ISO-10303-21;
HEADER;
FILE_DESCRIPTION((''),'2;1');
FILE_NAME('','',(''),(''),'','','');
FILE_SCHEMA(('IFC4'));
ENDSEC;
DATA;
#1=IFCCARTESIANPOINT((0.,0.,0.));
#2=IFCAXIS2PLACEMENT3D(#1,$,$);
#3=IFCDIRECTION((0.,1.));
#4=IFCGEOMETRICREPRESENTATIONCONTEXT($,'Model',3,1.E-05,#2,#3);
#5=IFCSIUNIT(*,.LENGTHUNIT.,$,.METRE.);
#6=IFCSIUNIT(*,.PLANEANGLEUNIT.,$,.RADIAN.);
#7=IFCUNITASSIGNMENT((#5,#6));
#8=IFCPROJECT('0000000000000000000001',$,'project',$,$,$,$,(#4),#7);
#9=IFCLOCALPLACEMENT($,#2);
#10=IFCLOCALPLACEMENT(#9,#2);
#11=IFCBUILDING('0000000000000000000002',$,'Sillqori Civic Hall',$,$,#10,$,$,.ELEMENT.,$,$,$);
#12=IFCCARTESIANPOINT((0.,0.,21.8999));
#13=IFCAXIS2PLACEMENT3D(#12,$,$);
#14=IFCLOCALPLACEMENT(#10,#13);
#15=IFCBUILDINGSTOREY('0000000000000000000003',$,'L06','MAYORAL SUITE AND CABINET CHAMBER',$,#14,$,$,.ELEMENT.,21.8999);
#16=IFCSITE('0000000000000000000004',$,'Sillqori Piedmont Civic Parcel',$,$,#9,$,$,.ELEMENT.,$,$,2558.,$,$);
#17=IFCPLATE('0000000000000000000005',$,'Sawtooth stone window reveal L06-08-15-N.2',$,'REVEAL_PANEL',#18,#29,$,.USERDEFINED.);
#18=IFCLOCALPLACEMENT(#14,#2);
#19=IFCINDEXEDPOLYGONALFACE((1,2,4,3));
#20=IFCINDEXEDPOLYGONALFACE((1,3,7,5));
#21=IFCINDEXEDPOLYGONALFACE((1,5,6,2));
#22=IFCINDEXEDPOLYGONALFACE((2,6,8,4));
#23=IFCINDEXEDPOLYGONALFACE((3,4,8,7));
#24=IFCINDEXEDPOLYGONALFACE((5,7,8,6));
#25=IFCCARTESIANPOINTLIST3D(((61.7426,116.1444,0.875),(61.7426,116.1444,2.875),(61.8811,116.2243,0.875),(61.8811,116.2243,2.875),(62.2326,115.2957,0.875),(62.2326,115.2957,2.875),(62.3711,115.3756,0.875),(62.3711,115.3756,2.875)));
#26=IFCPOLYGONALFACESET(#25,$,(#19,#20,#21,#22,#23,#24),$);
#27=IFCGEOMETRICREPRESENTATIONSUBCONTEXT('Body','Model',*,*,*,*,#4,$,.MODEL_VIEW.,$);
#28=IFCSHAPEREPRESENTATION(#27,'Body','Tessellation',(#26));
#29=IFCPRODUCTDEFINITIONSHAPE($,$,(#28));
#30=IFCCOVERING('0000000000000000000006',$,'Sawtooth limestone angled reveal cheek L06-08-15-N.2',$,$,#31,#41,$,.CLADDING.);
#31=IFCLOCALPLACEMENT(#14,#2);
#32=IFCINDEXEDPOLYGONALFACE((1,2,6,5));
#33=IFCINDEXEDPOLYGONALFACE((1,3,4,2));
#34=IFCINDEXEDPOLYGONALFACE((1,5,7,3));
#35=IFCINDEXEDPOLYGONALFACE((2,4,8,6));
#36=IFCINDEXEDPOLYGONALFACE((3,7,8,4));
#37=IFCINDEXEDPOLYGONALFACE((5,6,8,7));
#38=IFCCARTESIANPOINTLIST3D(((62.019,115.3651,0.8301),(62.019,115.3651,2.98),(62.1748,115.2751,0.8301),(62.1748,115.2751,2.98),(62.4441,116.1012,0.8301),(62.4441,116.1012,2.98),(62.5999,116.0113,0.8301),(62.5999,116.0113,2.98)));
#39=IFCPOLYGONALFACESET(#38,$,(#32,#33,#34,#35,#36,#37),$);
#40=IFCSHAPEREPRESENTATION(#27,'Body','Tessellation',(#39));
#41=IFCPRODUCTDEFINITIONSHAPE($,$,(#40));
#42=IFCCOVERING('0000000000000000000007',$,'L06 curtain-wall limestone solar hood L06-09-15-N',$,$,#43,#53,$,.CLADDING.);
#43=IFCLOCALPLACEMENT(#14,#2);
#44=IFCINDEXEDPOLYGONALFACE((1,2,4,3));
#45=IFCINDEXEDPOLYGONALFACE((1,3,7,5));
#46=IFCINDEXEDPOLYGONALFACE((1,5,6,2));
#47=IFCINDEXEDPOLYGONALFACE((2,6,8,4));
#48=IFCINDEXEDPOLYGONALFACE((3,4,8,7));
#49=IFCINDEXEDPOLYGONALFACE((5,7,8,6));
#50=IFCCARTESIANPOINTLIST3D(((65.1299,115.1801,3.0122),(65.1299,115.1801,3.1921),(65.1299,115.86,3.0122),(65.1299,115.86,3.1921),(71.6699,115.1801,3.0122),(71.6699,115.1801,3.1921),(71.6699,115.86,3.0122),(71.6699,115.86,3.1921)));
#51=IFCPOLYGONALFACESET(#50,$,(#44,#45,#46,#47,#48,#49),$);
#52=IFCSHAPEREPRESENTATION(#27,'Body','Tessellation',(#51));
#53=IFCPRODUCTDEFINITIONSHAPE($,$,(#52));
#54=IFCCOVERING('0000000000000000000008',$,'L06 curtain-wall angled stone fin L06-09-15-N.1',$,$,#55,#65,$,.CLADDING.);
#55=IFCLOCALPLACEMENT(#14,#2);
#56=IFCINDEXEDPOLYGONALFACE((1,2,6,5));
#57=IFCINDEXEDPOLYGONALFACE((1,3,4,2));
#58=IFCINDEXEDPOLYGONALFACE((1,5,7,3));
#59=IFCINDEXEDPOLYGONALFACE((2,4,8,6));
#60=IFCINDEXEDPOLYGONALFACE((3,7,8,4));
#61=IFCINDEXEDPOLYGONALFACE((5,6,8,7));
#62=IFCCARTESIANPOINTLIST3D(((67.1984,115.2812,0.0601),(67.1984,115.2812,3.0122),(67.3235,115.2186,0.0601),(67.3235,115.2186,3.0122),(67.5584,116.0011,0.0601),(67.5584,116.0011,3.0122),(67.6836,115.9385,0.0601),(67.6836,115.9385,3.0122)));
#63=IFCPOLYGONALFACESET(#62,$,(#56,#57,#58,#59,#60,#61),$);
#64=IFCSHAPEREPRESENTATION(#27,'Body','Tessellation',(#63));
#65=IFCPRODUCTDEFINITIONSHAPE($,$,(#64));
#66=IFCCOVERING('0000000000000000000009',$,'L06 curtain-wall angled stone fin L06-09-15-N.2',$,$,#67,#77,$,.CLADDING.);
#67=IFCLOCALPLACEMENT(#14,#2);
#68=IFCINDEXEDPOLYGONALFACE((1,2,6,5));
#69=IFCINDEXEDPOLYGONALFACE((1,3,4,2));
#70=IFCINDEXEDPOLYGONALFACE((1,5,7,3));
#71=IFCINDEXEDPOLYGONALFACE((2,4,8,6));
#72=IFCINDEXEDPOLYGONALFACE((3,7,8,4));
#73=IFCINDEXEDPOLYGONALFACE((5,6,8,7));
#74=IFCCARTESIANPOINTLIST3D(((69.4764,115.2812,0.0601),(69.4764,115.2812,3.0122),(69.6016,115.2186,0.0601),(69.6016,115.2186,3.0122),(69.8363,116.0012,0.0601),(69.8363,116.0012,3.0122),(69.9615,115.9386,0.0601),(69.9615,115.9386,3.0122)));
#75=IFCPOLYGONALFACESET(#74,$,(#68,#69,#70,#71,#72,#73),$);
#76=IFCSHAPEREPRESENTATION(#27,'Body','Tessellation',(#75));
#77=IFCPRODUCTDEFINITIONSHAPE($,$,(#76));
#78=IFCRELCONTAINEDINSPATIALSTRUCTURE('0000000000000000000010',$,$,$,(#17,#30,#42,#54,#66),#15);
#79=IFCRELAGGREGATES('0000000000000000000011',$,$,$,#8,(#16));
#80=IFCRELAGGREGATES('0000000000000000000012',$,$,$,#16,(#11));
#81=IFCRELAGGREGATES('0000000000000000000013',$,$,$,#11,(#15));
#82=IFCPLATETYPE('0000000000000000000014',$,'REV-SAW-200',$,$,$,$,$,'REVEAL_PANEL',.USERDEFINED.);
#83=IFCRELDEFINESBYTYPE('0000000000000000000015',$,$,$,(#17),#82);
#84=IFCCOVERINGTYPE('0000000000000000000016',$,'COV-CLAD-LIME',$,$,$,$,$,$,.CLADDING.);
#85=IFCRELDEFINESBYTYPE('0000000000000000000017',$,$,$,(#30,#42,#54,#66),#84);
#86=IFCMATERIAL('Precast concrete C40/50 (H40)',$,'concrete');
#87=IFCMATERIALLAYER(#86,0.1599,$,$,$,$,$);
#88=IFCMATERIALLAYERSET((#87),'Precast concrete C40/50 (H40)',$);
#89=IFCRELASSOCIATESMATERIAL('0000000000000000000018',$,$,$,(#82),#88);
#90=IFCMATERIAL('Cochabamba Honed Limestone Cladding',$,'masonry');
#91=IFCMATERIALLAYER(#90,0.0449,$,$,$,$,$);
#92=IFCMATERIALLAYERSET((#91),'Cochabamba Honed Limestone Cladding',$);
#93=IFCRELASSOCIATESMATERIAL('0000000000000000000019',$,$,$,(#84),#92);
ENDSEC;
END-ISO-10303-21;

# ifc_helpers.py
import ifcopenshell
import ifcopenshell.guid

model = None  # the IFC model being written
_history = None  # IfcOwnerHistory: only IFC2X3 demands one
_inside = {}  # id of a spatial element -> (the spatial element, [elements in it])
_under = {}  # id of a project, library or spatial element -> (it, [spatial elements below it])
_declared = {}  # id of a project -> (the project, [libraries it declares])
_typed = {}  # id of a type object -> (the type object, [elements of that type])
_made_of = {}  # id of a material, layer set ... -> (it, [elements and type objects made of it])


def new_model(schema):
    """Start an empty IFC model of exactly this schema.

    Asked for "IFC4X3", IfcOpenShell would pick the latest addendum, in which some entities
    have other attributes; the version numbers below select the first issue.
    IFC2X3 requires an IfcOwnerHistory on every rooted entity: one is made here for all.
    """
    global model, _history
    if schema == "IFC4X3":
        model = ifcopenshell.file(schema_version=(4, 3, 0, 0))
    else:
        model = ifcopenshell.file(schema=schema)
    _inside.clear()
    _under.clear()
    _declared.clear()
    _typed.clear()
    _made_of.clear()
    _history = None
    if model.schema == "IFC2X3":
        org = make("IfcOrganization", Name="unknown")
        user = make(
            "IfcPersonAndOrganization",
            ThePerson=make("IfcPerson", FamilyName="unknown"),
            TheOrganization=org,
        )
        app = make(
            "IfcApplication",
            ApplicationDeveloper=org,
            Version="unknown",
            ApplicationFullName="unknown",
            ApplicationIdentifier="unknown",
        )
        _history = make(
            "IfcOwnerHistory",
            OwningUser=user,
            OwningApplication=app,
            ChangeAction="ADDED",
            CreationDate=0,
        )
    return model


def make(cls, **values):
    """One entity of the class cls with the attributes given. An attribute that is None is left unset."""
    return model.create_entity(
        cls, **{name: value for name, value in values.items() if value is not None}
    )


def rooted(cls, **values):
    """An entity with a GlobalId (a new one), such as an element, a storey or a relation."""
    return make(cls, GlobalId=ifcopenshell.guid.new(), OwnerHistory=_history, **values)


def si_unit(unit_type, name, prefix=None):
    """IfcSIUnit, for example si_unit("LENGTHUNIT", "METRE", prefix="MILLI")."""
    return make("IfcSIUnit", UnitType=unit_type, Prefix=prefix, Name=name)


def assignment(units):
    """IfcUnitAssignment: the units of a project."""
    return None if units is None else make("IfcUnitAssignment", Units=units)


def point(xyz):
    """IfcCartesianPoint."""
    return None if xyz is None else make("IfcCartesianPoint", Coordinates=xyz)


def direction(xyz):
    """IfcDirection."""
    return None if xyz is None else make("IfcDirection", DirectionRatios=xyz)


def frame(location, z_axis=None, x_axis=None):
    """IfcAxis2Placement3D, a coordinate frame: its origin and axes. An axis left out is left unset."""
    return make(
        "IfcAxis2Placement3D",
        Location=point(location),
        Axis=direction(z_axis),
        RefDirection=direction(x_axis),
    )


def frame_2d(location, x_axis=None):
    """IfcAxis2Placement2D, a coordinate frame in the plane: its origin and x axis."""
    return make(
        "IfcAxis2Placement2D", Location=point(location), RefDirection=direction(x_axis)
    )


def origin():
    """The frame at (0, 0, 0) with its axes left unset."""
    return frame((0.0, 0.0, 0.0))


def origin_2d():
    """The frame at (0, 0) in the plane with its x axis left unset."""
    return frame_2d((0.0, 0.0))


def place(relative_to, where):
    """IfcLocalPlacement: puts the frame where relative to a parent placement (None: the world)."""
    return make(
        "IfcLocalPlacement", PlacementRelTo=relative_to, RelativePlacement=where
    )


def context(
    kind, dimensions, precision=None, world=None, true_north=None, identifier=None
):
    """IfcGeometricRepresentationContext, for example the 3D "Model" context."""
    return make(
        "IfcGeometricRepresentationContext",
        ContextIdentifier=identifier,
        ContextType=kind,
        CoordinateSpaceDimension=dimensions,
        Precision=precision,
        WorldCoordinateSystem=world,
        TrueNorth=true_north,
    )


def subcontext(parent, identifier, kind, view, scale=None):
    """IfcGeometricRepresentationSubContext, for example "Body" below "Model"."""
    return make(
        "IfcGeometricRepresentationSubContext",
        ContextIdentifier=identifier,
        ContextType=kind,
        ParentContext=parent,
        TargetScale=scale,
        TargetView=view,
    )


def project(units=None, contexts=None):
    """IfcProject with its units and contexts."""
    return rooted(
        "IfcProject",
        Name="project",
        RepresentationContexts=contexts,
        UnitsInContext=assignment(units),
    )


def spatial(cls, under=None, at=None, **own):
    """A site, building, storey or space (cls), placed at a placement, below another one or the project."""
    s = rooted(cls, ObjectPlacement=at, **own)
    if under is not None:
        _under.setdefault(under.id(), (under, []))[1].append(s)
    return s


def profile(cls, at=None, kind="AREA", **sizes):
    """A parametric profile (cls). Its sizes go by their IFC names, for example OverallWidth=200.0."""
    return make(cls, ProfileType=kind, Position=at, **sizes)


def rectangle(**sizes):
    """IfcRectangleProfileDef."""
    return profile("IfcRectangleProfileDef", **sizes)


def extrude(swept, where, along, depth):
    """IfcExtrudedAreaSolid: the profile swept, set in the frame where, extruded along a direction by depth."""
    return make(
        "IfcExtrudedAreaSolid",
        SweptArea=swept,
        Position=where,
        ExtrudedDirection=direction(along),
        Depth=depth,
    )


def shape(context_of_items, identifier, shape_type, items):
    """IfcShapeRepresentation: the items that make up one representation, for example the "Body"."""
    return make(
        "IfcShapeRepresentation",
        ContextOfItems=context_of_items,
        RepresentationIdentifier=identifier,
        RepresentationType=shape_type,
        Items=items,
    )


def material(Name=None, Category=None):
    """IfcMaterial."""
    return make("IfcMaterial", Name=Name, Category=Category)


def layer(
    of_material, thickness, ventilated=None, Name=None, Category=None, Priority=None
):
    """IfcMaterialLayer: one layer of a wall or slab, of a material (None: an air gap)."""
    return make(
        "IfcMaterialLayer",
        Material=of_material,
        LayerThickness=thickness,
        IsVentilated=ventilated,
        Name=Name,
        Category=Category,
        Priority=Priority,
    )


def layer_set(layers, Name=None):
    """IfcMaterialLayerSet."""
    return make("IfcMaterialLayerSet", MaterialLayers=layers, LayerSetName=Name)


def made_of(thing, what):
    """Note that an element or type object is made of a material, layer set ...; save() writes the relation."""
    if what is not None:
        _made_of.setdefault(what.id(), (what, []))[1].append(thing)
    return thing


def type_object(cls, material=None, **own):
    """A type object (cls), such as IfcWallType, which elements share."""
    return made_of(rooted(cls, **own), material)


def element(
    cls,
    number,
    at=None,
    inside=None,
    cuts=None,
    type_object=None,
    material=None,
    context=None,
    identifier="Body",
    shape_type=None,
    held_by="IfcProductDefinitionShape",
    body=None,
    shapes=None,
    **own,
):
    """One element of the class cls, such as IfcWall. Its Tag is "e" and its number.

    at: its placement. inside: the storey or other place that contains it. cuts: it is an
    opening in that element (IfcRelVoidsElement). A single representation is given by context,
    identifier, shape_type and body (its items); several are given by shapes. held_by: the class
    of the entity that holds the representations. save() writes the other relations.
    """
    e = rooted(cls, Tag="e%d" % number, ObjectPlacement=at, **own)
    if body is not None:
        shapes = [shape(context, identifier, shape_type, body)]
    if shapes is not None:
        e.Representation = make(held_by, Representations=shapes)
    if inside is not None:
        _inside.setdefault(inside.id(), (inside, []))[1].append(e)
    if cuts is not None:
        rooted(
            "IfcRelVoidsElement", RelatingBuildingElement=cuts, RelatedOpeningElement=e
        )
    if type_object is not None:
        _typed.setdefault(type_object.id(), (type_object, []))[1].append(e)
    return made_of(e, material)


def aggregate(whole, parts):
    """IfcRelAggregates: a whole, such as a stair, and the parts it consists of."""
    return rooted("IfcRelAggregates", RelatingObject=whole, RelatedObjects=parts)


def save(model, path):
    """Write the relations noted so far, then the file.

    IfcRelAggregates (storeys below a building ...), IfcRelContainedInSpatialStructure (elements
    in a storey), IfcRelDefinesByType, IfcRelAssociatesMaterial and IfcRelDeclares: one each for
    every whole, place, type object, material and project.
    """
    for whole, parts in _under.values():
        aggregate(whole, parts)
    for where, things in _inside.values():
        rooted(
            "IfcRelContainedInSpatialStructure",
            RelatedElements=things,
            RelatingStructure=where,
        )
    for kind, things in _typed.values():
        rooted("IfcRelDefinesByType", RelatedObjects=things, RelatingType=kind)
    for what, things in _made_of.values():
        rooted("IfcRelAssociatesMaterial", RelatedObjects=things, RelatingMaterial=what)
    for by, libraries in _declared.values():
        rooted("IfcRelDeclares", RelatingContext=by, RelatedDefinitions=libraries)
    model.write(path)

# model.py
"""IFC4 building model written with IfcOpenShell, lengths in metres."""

from ifc_helpers import new_model, si_unit, direction, frame, frame_2d, origin, origin_2d, place, context, subcontext, project, spatial, rectangle, extrude, material, layer, layer_set, type_object, element, save


model = new_model("IFC4")

# Units and contexts
model_context = context("Model", 3, precision=1e-05, world=origin(), true_north=direction((0.0, 1.0)))
body_context = subcontext(model_context, "Body", "Model", "MODEL_VIEW")
ifc_project = project(units=[si_unit("LENGTHUNIT", "METRE"), si_unit("PLANEANGLEUNIT", "RADIAN")], contexts=[model_context])

# Site, building, storey
site_placement = place(None, origin())
site = spatial("IfcSite", under=ifc_project, at=site_placement, Name="Sillqori Piedmont Civic Parcel", CompositionType="ELEMENT", RefElevation=2558.0)
building_placement = place(site_placement, origin())
building = spatial("IfcBuilding", under=site, at=building_placement, Name="Sillqori Civic Hall", CompositionType="ELEMENT")
storey_placement = place(building_placement, frame((0.0, 0.0, 21.8999)))
storey = spatial("IfcBuildingStorey", under=building, at=storey_placement, Name="L06", Description="MAYORAL SUITE AND CABINET CHAMBER", CompositionType="ELEMENT", Elevation=21.8999)

# Plate
ifc_material_1 = material(Name="Precast concrete C40/50 (H40)", Category="concrete")
ifc_layer_1 = layer(ifc_material_1, 0.1599)
ifc_layer_set_1 = layer_set([ifc_layer_1], Name="Precast concrete C40/50 (H40)")
plate_type_1 = type_object("IfcPlateType", Name="REV-SAW-200", ElementType="REVEAL_PANEL", PredefinedType="USERDEFINED", material=ifc_layer_set_1)
plate_1_placement = place(storey_placement, frame((62.0569, 115.76, 0.875), z_axis=(0.0, 0.0, 1.0), x_axis=(0.866025, 0.5, 0.0)))
element("IfcPlate", 1, at=plate_1_placement, inside=storey, type_object=plate_type_1, Name="Sawtooth stone window reveal L06-08-15-N.2", ObjectType="REVEAL_PANEL", PredefinedType="USERDEFINED", context=body_context, shape_type="SweptSolid", body=[
    extrude(rectangle(XDim=0.1599, YDim=0.98, at=origin_2d()), origin(), (0.0, 0.0, 1.0), 2.0),
])

# Coverings
ifc_material_2 = material(Name="Cochabamba Honed Limestone Cladding", Category="masonry")
ifc_layer_2 = layer(ifc_material_2, 0.0449)
ifc_layer_set_2 = layer_set([ifc_layer_2], Name="Cochabamba Honed Limestone Cladding")
covering_type = type_object("IfcCoveringType", Name="COV-CLAD-LIME", PredefinedType="CLADDING", material=ifc_layer_set_2)
covering_1_placement = place(storey_placement, frame((62.0969, 115.3201, 0.8301), z_axis=(0.0, 0.0, 1.0), x_axis=(0.500062, 0.865989, 0.0)))
element("IfcCovering", 2, at=covering_1_placement, inside=storey, type_object=covering_type, Name="Sawtooth limestone angled reveal cheek L06-08-15-N.2", PredefinedType="CLADDING", context=body_context, shape_type="SweptSolid", body=[
    extrude(rectangle(XDim=0.8501, YDim=0.1799, at=frame_2d((0.425, 0.0))), origin(), (0.0, 0.0, 1.0), 2.1499),
])
covering_2_placement = place(storey_placement, frame((65.1299, 115.52, 3.0122), z_axis=(0.0, 0.0, 1.0), x_axis=(1.0, 0.0, 0.0)))
element("IfcCovering", 3, at=covering_2_placement, inside=storey, type_object=covering_type, Name="L06 curtain-wall limestone solar hood L06-09-15-N", PredefinedType="CLADDING", context=body_context, shape_type="SweptSolid", body=[
    extrude(rectangle(XDim=6.54, YDim=0.6799, at=frame_2d((3.27, 0.0))), origin(), (0.0, 0.0, 1.0), 0.1799),
])
for number, where, z_axis, x_axis, name in (
    (4, (67.261, 115.25, 0.0601), (0.0, 0.0, 1.0), (0.447335, 0.894367, 0.0), "L06 curtain-wall angled stone fin L06-09-15-N.1"),
    (5, (69.5391, 115.25, 0.0601), (0.0, 0.0, 1.0), (0.447092, 0.894488, 0.0), "L06 curtain-wall angled stone fin L06-09-15-N.2"),
):
    element("IfcCovering", number, at=place(storey_placement, frame(where, z_axis=z_axis, x_axis=x_axis)), inside=storey, type_object=covering_type, Name=name, PredefinedType="CLADDING", context=body_context, shape_type="SweptSolid", body=[
        extrude(rectangle(XDim=0.8049, YDim=0.1399, at=frame_2d((0.4023, 0.0))), origin(), (0.0, 0.0, 1.0), 2.9521),
    ])

save(model, "model.ifc")
